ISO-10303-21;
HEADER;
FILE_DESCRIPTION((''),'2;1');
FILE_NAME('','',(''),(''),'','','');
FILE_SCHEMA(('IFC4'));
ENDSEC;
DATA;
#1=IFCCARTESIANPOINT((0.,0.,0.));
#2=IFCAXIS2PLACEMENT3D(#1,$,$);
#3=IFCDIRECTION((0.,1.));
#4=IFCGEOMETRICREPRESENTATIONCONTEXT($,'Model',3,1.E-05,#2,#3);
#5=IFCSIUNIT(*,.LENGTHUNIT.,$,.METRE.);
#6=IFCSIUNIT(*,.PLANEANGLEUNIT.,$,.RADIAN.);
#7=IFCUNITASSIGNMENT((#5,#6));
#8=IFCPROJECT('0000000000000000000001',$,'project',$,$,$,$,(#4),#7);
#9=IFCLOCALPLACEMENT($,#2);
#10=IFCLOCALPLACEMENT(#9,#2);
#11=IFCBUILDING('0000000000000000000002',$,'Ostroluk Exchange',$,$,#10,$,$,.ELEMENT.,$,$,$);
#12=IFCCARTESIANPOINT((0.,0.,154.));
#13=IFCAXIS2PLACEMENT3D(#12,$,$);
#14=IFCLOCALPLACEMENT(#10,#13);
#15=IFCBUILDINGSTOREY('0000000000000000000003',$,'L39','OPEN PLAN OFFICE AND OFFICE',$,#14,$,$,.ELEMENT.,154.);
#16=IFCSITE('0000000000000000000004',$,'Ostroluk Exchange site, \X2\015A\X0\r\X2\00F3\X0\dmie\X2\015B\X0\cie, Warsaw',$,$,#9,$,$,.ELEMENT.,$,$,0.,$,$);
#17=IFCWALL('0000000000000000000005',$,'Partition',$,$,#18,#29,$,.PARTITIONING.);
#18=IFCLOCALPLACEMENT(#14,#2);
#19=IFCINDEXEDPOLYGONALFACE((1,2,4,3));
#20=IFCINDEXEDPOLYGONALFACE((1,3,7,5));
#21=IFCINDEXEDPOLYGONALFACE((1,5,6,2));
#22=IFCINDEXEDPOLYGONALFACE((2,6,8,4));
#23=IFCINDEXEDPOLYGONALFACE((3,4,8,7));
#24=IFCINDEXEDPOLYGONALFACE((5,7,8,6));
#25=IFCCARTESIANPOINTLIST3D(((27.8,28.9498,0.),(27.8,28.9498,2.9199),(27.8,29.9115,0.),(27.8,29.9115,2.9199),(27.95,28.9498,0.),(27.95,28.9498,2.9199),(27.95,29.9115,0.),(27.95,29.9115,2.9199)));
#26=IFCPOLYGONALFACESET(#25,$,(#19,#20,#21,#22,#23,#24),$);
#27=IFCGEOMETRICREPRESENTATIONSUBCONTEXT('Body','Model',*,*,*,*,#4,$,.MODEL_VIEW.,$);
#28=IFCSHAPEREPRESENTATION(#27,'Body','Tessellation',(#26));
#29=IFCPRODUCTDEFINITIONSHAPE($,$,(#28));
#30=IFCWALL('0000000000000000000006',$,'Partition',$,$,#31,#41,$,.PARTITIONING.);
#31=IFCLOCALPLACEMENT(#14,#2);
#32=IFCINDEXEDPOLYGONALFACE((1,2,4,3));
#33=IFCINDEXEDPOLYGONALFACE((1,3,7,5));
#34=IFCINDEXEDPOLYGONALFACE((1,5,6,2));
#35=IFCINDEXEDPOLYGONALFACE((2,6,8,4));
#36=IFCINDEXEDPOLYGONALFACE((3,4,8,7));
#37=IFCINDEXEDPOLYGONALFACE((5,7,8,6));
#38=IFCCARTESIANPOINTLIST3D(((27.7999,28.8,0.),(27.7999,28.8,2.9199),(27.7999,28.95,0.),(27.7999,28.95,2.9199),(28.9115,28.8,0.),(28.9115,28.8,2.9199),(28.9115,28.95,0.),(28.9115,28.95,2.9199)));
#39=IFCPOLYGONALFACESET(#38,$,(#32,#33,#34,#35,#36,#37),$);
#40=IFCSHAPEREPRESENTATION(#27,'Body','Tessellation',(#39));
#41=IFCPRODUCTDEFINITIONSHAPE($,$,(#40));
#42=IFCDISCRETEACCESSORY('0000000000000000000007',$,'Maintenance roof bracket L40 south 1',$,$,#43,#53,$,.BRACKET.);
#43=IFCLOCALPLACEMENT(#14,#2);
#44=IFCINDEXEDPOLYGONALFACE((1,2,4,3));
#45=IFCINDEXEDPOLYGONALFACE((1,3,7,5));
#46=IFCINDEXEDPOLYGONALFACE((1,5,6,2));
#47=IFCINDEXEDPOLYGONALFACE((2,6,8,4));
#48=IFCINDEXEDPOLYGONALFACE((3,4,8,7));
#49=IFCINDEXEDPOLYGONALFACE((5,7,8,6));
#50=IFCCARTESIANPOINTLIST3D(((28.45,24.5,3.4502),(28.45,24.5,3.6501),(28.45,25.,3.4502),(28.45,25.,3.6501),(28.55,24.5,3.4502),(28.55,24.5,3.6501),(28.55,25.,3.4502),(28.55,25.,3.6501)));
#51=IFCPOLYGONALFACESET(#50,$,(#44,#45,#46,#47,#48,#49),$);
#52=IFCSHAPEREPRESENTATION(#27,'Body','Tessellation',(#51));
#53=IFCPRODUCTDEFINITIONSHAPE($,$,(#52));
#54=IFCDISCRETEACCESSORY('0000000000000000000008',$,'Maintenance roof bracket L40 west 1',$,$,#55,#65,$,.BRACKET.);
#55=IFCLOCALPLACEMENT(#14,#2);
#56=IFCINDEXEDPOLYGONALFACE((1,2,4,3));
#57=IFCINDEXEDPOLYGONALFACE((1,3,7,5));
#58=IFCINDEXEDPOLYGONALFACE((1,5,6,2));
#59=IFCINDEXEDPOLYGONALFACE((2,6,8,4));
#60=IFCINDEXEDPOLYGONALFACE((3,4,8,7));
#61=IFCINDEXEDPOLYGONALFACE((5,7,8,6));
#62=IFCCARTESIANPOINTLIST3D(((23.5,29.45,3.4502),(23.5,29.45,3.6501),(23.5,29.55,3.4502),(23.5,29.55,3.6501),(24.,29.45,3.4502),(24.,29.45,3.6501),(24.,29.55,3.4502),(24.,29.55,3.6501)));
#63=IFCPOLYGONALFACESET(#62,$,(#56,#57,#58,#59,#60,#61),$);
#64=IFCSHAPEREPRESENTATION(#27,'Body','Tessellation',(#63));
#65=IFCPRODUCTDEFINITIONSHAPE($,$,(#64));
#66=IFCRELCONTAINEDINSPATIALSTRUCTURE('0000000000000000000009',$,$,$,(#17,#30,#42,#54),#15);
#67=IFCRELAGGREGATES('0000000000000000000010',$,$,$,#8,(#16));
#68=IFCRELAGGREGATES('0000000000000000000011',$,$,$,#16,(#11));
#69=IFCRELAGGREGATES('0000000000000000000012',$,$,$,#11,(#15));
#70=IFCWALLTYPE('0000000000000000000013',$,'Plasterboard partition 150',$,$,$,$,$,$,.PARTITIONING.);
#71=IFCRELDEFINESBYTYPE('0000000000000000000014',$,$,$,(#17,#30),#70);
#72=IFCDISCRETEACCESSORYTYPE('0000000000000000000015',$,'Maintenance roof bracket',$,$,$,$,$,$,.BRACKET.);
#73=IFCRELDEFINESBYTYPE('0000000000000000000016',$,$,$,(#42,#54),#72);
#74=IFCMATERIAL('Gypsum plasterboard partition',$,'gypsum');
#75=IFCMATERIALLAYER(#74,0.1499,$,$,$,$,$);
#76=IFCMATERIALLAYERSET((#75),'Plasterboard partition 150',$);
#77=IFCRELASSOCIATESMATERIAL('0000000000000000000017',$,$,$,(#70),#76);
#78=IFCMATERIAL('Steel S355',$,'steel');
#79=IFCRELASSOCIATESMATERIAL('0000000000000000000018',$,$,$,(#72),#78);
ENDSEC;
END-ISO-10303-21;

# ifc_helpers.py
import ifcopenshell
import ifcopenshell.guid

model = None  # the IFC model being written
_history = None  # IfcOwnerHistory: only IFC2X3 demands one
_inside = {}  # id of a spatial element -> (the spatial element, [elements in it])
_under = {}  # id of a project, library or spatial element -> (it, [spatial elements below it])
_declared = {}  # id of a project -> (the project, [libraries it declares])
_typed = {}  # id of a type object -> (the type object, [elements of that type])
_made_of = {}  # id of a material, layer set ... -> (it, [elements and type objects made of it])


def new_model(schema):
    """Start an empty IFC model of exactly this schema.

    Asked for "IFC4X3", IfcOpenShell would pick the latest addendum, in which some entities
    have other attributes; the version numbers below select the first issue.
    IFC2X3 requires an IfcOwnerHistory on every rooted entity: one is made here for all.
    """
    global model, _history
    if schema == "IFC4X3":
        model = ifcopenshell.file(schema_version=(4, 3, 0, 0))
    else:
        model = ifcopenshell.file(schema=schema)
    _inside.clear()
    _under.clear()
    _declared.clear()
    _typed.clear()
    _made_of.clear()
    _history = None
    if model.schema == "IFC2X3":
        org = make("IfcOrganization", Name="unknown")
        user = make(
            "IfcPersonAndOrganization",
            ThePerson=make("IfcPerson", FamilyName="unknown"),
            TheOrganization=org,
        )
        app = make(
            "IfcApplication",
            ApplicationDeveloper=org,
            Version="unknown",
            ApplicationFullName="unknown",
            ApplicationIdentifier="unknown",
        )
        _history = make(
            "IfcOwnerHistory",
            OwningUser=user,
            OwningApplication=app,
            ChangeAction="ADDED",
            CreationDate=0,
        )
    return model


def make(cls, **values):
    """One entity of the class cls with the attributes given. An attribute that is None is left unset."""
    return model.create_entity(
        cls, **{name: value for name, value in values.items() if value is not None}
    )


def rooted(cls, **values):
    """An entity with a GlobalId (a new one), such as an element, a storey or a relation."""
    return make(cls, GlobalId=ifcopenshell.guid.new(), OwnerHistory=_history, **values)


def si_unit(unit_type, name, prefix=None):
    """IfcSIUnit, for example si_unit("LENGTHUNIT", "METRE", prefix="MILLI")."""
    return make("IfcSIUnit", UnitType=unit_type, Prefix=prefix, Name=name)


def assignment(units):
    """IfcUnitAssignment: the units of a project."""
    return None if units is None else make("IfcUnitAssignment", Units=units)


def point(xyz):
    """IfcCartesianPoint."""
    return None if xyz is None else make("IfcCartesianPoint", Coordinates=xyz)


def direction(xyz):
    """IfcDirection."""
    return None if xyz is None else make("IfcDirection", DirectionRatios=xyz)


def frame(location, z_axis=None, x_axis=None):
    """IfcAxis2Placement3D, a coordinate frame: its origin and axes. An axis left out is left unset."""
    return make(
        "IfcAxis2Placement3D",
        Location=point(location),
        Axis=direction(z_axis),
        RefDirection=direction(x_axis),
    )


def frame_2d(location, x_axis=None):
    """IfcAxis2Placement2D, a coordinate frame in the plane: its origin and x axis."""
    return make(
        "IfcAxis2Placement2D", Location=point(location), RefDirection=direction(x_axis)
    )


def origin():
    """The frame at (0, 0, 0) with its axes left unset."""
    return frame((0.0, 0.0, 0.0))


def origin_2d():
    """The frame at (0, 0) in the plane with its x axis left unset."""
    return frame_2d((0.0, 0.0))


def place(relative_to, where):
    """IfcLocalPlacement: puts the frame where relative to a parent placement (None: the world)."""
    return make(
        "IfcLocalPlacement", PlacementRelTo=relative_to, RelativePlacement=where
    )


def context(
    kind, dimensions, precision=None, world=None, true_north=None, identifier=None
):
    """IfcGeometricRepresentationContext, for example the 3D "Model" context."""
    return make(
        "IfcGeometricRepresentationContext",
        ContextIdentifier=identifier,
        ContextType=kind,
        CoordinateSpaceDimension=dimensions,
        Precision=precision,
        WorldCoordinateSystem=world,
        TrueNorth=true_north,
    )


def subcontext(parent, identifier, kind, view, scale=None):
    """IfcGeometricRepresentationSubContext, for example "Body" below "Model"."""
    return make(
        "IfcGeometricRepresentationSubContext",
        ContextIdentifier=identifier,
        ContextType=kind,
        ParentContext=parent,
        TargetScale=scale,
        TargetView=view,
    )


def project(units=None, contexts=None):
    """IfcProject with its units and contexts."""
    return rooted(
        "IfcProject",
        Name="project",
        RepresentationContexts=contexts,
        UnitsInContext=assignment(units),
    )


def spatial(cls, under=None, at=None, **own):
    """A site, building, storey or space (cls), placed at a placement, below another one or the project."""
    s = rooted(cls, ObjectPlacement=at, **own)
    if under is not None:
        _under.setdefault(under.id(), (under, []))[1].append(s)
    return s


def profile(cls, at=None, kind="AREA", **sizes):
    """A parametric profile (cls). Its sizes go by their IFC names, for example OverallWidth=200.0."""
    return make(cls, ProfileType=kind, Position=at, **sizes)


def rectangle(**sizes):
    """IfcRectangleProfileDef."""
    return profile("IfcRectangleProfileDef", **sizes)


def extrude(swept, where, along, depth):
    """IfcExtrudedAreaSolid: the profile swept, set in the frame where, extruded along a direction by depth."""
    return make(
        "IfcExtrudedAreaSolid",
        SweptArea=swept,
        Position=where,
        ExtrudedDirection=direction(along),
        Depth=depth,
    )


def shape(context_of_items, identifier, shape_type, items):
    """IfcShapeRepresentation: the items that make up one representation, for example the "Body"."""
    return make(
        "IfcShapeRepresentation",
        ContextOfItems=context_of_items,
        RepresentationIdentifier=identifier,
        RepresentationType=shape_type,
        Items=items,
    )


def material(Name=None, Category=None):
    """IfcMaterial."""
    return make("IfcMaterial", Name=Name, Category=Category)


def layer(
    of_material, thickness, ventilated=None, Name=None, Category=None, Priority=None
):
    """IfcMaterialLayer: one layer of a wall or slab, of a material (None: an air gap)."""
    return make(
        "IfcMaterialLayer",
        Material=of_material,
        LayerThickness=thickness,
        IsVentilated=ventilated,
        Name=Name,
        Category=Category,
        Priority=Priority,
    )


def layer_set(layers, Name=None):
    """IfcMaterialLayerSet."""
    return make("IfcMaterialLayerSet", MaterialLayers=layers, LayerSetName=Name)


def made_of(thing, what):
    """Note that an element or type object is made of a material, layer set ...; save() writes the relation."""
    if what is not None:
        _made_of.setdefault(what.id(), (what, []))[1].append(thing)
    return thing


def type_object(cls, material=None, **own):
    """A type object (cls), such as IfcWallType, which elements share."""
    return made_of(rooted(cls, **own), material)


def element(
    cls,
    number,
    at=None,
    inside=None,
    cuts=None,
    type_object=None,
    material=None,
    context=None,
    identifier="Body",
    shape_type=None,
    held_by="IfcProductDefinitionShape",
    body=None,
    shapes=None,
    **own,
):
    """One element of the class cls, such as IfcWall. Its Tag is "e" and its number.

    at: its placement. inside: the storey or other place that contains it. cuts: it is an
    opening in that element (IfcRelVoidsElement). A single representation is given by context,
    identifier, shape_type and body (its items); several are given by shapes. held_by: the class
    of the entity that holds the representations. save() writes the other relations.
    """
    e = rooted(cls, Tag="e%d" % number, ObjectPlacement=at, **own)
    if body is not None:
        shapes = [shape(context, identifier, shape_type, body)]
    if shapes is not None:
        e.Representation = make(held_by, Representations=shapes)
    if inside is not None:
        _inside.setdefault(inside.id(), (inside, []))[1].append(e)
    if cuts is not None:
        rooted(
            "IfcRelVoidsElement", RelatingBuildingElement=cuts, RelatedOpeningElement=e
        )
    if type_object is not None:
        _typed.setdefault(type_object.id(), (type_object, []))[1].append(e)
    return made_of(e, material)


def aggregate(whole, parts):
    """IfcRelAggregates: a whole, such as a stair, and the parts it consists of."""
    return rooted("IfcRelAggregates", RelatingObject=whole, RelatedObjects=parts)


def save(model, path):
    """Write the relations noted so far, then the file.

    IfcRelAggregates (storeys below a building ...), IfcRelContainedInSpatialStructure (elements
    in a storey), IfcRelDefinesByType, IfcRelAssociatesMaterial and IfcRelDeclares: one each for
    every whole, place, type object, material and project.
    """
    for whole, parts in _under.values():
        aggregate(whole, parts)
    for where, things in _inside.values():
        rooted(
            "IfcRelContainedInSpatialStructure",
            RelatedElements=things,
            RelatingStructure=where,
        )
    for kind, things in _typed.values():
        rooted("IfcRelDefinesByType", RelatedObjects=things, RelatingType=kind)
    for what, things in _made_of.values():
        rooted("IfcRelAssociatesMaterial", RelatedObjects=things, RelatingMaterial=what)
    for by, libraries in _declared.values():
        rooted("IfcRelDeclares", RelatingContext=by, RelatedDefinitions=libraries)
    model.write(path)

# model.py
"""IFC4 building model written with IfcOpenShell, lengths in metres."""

from ifc_helpers import new_model, si_unit, direction, frame, frame_2d, origin, origin_2d, place, context, subcontext, project, spatial, rectangle, extrude, material, layer, layer_set, type_object, element, save


model = new_model("IFC4")

# Units and contexts
model_context = context("Model", 3, precision=1e-05, world=origin(), true_north=direction((0.0, 1.0)))
body_context = subcontext(model_context, "Body", "Model", "MODEL_VIEW")
ifc_project = project(units=[si_unit("LENGTHUNIT", "METRE"), si_unit("PLANEANGLEUNIT", "RADIAN")], contexts=[model_context])

# Site, building, storey
site_placement = place(None, origin())
site = spatial("IfcSite", under=ifc_project, at=site_placement, Name="Ostroluk Exchange site, Śródmieście, Warsaw", CompositionType="ELEMENT", RefElevation=0.0)
building_placement = place(site_placement, origin())
building = spatial("IfcBuilding", under=site, at=building_placement, Name="Ostroluk Exchange", CompositionType="ELEMENT")
storey_placement = place(building_placement, frame((0.0, 0.0, 154.0)))
storey = spatial("IfcBuildingStorey", under=building, at=storey_placement, Name="L39", Description="OPEN PLAN OFFICE AND OFFICE", CompositionType="ELEMENT", Elevation=154.0)

# Walls
ifc_material_1 = material(Name="Gypsum plasterboard partition", Category="gypsum")
ifc_layer_1 = layer(ifc_material_1, 0.1499)
ifc_layer_set_1 = layer_set([ifc_layer_1], Name="Plasterboard partition 150")
wall_type_1 = type_object("IfcWallType", Name="Plasterboard partition 150", PredefinedType="PARTITIONING", material=ifc_layer_set_1)
wall_1_placement = place(storey_placement, frame((27.875, 29.9116, 0.0), z_axis=(0.0, 0.0, 1.0), x_axis=(0.0, -1.0, 0.0)))
element("IfcWall", 1, at=wall_1_placement, inside=storey, type_object=wall_type_1, Name="Partition", PredefinedType="PARTITIONING", context=body_context, shape_type="SweptSolid", body=[
    extrude(rectangle(XDim=0.9617, YDim=0.1499, at=frame_2d((0.481, 0.0))), origin(), (0.0, 0.0, 1.0), 2.9199),
])
wall_2_placement = place(storey_placement, frame((27.8, 28.875, 0.0), z_axis=(0.0, 0.0, 1.0), x_axis=(1.0, 0.0, 0.0)))
element("IfcWall", 2, at=wall_2_placement, inside=storey, type_object=wall_type_1, Name="Partition", PredefinedType="PARTITIONING", context=body_context, shape_type="SweptSolid", body=[
    extrude(rectangle(XDim=1.1116, YDim=0.1499, at=frame_2d((0.5557, 0.0))), origin(), (0.0, 0.0, 1.0), 2.9199),
])

# Discrete accessories
ifc_material_2 = material(Name="Steel S355", Category="steel")
discrete_accessory_type = type_object("IfcDiscreteAccessoryType", Name="Maintenance roof bracket", PredefinedType="BRACKET", material=ifc_material_2)
discrete_accessory_1_placement = place(storey_placement, frame((28.5, 24.75, 3.4502), z_axis=(0.0, 0.0, 1.0), x_axis=(1.0, 0.0, 0.0)))
element("IfcDiscreteAccessory", 3, at=discrete_accessory_1_placement, inside=storey, type_object=discrete_accessory_type, Name="Maintenance roof bracket L40 south 1", PredefinedType="BRACKET", context=body_context, shape_type="SweptSolid", body=[
    extrude(rectangle(XDim=0.1001, YDim=0.5, at=origin_2d()), origin(), (0.0, 0.0, 1.0), 0.2),
])
discrete_accessory_2_placement = place(storey_placement, frame((23.75, 29.5, 3.4502), z_axis=(0.0, 0.0, 1.0), x_axis=(1.0, 0.0, 0.0)))
element("IfcDiscreteAccessory", 4, at=discrete_accessory_2_placement, inside=storey, type_object=discrete_accessory_type, Name="Maintenance roof bracket L40 west 1", PredefinedType="BRACKET", context=body_context, shape_type="SweptSolid", body=[
    extrude(rectangle(XDim=0.5, YDim=0.1001, at=origin_2d()), origin(), (0.0, 0.0, 1.0), 0.2),
])

save(model, "model.ifc")
